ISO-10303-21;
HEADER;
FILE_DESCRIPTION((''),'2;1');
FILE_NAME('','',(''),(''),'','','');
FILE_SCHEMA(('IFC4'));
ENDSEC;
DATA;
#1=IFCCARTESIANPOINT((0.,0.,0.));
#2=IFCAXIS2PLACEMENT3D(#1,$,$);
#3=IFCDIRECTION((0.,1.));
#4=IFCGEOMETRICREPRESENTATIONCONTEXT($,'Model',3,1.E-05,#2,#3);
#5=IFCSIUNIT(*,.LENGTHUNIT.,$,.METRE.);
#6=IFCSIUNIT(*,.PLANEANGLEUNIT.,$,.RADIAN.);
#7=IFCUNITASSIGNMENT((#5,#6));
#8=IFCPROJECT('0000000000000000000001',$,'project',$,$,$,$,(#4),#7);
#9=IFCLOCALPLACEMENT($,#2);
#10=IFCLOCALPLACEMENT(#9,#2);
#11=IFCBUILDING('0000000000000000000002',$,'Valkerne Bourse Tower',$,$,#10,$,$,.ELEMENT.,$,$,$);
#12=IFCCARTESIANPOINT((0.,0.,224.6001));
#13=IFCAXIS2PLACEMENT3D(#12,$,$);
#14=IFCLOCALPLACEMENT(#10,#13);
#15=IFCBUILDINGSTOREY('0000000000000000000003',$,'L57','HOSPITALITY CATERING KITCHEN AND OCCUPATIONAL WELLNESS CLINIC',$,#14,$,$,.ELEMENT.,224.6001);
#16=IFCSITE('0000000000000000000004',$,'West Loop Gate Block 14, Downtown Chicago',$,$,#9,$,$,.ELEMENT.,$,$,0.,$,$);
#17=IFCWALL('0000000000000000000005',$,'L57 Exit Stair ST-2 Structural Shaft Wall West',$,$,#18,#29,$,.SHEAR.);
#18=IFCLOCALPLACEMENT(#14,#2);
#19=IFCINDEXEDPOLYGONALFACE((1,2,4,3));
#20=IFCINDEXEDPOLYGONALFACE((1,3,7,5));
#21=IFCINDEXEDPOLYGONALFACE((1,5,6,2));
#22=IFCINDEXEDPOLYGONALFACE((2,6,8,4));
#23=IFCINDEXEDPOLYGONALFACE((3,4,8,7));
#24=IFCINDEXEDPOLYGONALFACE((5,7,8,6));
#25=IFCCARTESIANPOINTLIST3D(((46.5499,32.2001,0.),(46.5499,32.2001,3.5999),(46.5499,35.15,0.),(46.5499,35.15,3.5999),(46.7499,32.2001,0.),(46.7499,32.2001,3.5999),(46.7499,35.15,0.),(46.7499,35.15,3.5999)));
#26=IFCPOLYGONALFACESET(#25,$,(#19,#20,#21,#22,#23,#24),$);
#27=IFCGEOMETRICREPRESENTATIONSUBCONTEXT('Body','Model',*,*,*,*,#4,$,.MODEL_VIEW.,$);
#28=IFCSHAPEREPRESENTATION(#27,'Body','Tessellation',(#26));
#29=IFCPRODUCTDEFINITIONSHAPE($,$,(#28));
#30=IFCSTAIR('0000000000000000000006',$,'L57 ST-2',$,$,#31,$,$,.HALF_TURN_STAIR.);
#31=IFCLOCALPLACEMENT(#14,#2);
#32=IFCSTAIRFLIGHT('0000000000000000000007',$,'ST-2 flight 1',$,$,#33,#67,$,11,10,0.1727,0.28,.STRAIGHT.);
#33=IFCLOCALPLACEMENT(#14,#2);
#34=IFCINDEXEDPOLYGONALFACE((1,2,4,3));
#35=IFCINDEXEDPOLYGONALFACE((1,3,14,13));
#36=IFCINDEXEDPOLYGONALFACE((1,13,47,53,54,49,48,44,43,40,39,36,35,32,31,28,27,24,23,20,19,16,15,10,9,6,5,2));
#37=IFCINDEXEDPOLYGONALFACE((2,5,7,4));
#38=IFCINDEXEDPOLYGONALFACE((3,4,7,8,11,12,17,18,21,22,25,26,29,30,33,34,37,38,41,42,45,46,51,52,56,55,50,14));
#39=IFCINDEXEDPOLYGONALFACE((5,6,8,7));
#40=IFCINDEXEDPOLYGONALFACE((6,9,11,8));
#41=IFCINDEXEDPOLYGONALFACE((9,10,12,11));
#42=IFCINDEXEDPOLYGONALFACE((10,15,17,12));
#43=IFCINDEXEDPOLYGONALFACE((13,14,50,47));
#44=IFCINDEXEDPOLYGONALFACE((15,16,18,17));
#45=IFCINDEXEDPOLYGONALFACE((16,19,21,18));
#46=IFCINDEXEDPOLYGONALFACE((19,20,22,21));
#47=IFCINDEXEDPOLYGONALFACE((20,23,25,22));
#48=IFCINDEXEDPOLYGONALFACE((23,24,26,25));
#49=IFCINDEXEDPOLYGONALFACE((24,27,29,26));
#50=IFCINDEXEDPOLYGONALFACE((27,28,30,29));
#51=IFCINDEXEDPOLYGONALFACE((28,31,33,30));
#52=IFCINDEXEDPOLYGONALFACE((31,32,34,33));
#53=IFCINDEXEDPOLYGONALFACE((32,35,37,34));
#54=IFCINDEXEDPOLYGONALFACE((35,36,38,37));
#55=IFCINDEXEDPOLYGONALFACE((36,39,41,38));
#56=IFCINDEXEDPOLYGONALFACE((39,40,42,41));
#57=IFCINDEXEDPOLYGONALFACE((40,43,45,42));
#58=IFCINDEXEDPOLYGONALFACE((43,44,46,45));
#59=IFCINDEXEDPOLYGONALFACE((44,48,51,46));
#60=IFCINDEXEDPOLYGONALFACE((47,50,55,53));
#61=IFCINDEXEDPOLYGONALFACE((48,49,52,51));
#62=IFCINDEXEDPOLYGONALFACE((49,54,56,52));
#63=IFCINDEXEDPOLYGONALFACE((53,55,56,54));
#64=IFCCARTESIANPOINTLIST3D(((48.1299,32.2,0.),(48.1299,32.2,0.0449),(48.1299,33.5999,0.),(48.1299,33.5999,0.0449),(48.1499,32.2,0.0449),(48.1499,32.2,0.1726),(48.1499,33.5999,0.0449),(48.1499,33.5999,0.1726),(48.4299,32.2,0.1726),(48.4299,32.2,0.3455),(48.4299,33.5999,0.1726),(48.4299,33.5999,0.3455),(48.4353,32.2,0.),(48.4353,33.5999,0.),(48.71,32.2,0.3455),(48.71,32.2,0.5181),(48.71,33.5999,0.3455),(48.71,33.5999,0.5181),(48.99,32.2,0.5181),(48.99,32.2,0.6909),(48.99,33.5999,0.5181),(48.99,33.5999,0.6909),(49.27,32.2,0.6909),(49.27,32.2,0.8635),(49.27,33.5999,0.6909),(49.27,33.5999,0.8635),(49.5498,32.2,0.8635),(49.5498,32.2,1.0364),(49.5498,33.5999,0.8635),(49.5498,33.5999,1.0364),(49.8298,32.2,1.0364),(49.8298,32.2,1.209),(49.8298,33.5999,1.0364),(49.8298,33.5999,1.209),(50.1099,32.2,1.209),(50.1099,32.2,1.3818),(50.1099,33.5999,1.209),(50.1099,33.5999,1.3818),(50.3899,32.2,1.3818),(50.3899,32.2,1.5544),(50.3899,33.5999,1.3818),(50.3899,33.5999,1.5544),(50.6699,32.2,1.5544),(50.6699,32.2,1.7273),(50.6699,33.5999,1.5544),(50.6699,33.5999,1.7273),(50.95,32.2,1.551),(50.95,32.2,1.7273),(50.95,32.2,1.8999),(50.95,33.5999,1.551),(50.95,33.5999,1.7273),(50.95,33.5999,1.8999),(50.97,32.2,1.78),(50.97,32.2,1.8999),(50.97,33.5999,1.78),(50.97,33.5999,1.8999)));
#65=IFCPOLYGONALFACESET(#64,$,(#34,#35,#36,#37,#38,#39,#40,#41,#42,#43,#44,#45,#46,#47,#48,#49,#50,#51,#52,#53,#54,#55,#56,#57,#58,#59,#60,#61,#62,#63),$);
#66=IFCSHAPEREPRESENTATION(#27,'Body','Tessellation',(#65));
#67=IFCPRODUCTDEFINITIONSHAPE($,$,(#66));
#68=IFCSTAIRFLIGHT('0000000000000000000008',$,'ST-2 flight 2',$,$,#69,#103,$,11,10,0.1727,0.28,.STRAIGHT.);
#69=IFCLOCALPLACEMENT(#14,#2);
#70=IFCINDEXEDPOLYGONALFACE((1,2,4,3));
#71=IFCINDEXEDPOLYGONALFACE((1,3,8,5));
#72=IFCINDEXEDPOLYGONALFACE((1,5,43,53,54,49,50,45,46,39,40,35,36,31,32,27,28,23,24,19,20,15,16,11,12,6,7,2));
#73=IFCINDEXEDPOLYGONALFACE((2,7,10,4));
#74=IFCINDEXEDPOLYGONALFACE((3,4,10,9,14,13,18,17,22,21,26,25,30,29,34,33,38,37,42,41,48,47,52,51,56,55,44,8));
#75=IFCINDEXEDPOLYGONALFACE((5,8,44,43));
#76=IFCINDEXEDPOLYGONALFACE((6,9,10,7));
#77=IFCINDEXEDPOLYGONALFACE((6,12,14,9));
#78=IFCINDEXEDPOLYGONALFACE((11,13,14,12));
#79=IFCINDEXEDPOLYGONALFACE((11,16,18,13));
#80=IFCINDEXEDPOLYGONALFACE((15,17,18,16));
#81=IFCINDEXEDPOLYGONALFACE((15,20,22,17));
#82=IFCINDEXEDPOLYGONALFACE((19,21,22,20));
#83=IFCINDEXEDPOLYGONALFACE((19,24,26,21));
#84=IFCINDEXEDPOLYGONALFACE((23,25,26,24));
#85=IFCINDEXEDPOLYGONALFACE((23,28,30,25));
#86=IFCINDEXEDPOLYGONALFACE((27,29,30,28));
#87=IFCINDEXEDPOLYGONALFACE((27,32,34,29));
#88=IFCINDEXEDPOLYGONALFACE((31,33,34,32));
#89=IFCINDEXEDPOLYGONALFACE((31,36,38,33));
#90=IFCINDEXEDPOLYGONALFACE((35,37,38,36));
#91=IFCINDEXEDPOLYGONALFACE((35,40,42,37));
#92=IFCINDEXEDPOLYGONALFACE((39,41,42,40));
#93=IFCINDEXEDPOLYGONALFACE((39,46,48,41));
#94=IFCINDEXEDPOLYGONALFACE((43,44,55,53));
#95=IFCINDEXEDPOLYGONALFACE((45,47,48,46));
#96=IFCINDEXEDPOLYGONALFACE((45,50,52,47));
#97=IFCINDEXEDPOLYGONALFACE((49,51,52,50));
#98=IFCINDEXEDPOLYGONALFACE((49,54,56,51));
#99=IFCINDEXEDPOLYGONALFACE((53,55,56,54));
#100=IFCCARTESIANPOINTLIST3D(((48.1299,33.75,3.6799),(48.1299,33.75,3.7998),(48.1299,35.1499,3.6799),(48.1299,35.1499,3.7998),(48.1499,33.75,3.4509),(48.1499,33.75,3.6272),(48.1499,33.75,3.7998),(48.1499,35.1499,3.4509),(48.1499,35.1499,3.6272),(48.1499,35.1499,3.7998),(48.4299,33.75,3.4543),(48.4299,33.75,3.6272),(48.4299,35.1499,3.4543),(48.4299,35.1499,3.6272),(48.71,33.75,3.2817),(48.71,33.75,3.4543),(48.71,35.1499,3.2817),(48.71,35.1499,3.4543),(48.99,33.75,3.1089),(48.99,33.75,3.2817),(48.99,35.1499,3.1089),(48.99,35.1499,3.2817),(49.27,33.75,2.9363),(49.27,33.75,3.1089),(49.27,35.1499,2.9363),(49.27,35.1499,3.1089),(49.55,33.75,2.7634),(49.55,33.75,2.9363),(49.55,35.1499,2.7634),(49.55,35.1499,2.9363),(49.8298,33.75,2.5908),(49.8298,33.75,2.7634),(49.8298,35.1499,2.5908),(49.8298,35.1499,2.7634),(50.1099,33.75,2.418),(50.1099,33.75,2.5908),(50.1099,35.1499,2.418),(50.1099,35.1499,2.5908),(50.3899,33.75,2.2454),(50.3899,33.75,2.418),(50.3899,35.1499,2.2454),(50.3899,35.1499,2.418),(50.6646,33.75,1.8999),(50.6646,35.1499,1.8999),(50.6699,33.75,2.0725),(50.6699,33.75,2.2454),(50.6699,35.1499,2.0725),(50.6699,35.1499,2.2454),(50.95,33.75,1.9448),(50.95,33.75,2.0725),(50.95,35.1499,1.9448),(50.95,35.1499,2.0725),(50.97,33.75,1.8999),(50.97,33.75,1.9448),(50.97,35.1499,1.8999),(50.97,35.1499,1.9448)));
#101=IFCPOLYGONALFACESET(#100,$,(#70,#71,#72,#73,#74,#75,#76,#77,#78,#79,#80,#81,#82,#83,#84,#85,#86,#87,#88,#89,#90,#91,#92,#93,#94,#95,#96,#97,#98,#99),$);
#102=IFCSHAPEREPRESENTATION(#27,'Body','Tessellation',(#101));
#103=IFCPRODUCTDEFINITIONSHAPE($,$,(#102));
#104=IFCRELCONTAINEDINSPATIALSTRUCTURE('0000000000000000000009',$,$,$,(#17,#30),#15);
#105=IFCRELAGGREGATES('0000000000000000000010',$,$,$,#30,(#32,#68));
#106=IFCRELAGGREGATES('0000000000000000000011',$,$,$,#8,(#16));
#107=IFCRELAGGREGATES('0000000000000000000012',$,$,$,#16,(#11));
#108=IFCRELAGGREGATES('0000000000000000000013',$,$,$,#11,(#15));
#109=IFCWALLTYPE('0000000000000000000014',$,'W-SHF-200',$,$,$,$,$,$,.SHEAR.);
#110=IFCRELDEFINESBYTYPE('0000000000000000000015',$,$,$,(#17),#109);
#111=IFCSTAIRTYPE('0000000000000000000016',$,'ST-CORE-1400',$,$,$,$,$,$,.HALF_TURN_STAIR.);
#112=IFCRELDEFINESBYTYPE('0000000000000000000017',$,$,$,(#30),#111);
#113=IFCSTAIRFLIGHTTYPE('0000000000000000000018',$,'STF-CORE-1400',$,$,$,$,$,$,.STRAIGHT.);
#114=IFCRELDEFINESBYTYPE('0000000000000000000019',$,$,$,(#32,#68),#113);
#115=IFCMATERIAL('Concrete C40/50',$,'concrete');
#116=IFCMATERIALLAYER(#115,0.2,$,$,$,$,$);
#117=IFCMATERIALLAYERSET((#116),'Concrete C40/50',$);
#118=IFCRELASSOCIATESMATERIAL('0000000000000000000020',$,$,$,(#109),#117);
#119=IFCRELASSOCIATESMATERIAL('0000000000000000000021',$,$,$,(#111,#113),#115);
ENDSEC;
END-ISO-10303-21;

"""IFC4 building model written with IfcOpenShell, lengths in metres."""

from ifc_helpers import new_model, si_unit, direction, frame, frame_2d, origin, place, context, subcontext, project, spatial, polyline, rectangle, outline, extrude, material, layer, layer_set, type_object, element, aggregate, save


model = new_model("IFC4")

# Units and contexts
model_context = context("Model", 3, precision=1e-05, world=origin(), true_north=direction((0.0, 1.0)))
body_context = subcontext(model_context, "Body", "Model", "MODEL_VIEW")
ifc_project = project(units=[si_unit("LENGTHUNIT", "METRE"), si_unit("PLANEANGLEUNIT", "RADIAN")], contexts=[model_context])

# Site, building, storey
site_placement = place(None, origin())
site = spatial("IfcSite", under=ifc_project, at=site_placement, Name="West Loop Gate Block 14, Downtown Chicago", CompositionType="ELEMENT", RefElevation=0.0)
building_placement = place(site_placement, origin())
building = spatial("IfcBuilding", under=site, at=building_placement, Name="Valkerne Bourse Tower", CompositionType="ELEMENT")
storey_placement = place(building_placement, frame((0.0, 0.0, 224.6001)))
storey = spatial("IfcBuildingStorey", under=building, at=storey_placement, Name="L57", Description="HOSPITALITY CATERING KITCHEN AND OCCUPATIONAL WELLNESS CLINIC", CompositionType="ELEMENT", Elevation=224.6001)

# Shared definitions
ifc_material_1 = material(Name="Concrete C40/50", Category="concrete")
ifc_layer_1 = layer(ifc_material_1, 0.2)
ifc_layer_set_1 = layer_set([ifc_layer_1], Name="Concrete C40/50")
wall_type_1 = type_object("IfcWallType", Name="W-SHF-200", PredefinedType="SHEAR", material=ifc_layer_set_1)

# Wall
wall_1_placement = place(storey_placement, frame((46.6499, 32.2, 0.0), z_axis=(0.0, 0.0, 1.0), x_axis=(0.0, 1.0, 0.0)))
element("IfcWall", 1, at=wall_1_placement, inside=storey, type_object=wall_type_1, Name="L57 Exit Stair ST-2 Structural Shaft Wall West", PredefinedType="SHEAR", context=body_context, shape_type="SweptSolid", body=[
    extrude(rectangle(XDim=2.95, YDim=0.2, at=frame_2d((1.4751, 0.0))), origin(), (0.0, 0.0, 1.0), 3.5999),
])

# Stair, stair flights
stair_type = type_object("IfcStairType", Name="ST-CORE-1400", PredefinedType="HALF_TURN_STAIR", material=ifc_material_1)
stair_placement = place(storey_placement, origin())
stair = element("IfcStair", 2, at=stair_placement, inside=storey, type_object=stair_type, Name="L57 ST-2", PredefinedType="HALF_TURN_STAIR")
stair_flight_type = type_object("IfcStairFlightType", Name="STF-CORE-1400", PredefinedType="STRAIGHT", material=ifc_material_1)
stair_flight_1_placement = place(storey_placement, frame((48.1499, 32.8999, 0.0), z_axis=(0.0, 0.0, 1.0), x_axis=(1.0, 0.0, 0.0)))
stair_flight_1 = element("IfcStairFlight", 3, at=stair_flight_1_placement, type_object=stair_flight_type, Name="ST-2 flight 1", NumberOfRisers=11, NumberOfTreads=10, PredefinedType="STRAIGHT", RiserHeight=0.1727, TreadLength=0.28, context=body_context, shape_type="SweptSolid", body=[
    extrude(outline(polyline([(-0.02, 0.0), (-0.02, 0.0449), (0.0, 0.0449), (0.0, 0.1726), (0.28, 0.1726), (0.28, 0.3455), (0.5601, 0.3455), (0.5601, 0.5181), (0.8401, 0.5181), (0.8401, 0.6909), (1.1201, 0.6909), (1.1201, 0.8635), (1.3999, 0.8635), (1.3999, 1.0364), (1.6799, 1.0364), (1.6799, 1.209), (1.96, 1.209), (1.96, 1.3818), (2.24, 1.3818), (2.24, 1.5544), (2.52, 1.5544), (2.52, 1.7273), (2.8, 1.7273), (2.8, 1.8999), (2.8201, 1.8999), (2.8201, 1.78), (2.8, 1.551), (0.2854, 0.0), (-0.02, 0.0)])), frame((0.0, 0.7, 0.0), z_axis=(0.0, -1.0, 0.0), x_axis=(1.0, 0.0, 0.0)), (0.0, 0.0, 1.0), 1.3999),
])
stair_flight_2_placement = place(storey_placement, frame((50.95, 34.45, 1.8999), z_axis=(0.0, 0.0, 1.0), x_axis=(-1.0, 0.0, 0.0)))
stair_flight_2 = element("IfcStairFlight", 4, at=stair_flight_2_placement, type_object=stair_flight_type, Name="ST-2 flight 2", NumberOfRisers=11, NumberOfTreads=10, PredefinedType="STRAIGHT", RiserHeight=0.1727, TreadLength=0.28, context=body_context, shape_type="SweptSolid", body=[
    extrude(outline(polyline([(-0.02, 0.0), (-0.02, 0.0449), (0.0, 0.0449), (0.0, 0.1726), (0.28, 0.1726), (0.28, 0.3455), (0.5601, 0.3455), (0.5601, 0.5181), (0.8401, 0.5181), (0.8401, 0.6909), (1.1201, 0.6909), (1.1201, 0.8635), (1.3999, 0.8635), (1.3999, 1.0364), (1.6799, 1.0364), (1.6799, 1.209), (1.96, 1.209), (1.96, 1.3818), (2.24, 1.3818), (2.24, 1.5544), (2.52, 1.5544), (2.52, 1.7273), (2.8, 1.7273), (2.8, 1.8999), (2.8201, 1.8999), (2.8201, 1.78), (2.8, 1.551), (0.2854, 0.0), (-0.02, 0.0)])), frame((0.0, 0.7, 0.0), z_axis=(0.0, -1.0, 0.0), x_axis=(1.0, 0.0, 0.0)), (0.0, 0.0, 1.0), 1.3999),
])
aggregate(stair, [stair_flight_1, stair_flight_2])

save(model, "model.ifc")
